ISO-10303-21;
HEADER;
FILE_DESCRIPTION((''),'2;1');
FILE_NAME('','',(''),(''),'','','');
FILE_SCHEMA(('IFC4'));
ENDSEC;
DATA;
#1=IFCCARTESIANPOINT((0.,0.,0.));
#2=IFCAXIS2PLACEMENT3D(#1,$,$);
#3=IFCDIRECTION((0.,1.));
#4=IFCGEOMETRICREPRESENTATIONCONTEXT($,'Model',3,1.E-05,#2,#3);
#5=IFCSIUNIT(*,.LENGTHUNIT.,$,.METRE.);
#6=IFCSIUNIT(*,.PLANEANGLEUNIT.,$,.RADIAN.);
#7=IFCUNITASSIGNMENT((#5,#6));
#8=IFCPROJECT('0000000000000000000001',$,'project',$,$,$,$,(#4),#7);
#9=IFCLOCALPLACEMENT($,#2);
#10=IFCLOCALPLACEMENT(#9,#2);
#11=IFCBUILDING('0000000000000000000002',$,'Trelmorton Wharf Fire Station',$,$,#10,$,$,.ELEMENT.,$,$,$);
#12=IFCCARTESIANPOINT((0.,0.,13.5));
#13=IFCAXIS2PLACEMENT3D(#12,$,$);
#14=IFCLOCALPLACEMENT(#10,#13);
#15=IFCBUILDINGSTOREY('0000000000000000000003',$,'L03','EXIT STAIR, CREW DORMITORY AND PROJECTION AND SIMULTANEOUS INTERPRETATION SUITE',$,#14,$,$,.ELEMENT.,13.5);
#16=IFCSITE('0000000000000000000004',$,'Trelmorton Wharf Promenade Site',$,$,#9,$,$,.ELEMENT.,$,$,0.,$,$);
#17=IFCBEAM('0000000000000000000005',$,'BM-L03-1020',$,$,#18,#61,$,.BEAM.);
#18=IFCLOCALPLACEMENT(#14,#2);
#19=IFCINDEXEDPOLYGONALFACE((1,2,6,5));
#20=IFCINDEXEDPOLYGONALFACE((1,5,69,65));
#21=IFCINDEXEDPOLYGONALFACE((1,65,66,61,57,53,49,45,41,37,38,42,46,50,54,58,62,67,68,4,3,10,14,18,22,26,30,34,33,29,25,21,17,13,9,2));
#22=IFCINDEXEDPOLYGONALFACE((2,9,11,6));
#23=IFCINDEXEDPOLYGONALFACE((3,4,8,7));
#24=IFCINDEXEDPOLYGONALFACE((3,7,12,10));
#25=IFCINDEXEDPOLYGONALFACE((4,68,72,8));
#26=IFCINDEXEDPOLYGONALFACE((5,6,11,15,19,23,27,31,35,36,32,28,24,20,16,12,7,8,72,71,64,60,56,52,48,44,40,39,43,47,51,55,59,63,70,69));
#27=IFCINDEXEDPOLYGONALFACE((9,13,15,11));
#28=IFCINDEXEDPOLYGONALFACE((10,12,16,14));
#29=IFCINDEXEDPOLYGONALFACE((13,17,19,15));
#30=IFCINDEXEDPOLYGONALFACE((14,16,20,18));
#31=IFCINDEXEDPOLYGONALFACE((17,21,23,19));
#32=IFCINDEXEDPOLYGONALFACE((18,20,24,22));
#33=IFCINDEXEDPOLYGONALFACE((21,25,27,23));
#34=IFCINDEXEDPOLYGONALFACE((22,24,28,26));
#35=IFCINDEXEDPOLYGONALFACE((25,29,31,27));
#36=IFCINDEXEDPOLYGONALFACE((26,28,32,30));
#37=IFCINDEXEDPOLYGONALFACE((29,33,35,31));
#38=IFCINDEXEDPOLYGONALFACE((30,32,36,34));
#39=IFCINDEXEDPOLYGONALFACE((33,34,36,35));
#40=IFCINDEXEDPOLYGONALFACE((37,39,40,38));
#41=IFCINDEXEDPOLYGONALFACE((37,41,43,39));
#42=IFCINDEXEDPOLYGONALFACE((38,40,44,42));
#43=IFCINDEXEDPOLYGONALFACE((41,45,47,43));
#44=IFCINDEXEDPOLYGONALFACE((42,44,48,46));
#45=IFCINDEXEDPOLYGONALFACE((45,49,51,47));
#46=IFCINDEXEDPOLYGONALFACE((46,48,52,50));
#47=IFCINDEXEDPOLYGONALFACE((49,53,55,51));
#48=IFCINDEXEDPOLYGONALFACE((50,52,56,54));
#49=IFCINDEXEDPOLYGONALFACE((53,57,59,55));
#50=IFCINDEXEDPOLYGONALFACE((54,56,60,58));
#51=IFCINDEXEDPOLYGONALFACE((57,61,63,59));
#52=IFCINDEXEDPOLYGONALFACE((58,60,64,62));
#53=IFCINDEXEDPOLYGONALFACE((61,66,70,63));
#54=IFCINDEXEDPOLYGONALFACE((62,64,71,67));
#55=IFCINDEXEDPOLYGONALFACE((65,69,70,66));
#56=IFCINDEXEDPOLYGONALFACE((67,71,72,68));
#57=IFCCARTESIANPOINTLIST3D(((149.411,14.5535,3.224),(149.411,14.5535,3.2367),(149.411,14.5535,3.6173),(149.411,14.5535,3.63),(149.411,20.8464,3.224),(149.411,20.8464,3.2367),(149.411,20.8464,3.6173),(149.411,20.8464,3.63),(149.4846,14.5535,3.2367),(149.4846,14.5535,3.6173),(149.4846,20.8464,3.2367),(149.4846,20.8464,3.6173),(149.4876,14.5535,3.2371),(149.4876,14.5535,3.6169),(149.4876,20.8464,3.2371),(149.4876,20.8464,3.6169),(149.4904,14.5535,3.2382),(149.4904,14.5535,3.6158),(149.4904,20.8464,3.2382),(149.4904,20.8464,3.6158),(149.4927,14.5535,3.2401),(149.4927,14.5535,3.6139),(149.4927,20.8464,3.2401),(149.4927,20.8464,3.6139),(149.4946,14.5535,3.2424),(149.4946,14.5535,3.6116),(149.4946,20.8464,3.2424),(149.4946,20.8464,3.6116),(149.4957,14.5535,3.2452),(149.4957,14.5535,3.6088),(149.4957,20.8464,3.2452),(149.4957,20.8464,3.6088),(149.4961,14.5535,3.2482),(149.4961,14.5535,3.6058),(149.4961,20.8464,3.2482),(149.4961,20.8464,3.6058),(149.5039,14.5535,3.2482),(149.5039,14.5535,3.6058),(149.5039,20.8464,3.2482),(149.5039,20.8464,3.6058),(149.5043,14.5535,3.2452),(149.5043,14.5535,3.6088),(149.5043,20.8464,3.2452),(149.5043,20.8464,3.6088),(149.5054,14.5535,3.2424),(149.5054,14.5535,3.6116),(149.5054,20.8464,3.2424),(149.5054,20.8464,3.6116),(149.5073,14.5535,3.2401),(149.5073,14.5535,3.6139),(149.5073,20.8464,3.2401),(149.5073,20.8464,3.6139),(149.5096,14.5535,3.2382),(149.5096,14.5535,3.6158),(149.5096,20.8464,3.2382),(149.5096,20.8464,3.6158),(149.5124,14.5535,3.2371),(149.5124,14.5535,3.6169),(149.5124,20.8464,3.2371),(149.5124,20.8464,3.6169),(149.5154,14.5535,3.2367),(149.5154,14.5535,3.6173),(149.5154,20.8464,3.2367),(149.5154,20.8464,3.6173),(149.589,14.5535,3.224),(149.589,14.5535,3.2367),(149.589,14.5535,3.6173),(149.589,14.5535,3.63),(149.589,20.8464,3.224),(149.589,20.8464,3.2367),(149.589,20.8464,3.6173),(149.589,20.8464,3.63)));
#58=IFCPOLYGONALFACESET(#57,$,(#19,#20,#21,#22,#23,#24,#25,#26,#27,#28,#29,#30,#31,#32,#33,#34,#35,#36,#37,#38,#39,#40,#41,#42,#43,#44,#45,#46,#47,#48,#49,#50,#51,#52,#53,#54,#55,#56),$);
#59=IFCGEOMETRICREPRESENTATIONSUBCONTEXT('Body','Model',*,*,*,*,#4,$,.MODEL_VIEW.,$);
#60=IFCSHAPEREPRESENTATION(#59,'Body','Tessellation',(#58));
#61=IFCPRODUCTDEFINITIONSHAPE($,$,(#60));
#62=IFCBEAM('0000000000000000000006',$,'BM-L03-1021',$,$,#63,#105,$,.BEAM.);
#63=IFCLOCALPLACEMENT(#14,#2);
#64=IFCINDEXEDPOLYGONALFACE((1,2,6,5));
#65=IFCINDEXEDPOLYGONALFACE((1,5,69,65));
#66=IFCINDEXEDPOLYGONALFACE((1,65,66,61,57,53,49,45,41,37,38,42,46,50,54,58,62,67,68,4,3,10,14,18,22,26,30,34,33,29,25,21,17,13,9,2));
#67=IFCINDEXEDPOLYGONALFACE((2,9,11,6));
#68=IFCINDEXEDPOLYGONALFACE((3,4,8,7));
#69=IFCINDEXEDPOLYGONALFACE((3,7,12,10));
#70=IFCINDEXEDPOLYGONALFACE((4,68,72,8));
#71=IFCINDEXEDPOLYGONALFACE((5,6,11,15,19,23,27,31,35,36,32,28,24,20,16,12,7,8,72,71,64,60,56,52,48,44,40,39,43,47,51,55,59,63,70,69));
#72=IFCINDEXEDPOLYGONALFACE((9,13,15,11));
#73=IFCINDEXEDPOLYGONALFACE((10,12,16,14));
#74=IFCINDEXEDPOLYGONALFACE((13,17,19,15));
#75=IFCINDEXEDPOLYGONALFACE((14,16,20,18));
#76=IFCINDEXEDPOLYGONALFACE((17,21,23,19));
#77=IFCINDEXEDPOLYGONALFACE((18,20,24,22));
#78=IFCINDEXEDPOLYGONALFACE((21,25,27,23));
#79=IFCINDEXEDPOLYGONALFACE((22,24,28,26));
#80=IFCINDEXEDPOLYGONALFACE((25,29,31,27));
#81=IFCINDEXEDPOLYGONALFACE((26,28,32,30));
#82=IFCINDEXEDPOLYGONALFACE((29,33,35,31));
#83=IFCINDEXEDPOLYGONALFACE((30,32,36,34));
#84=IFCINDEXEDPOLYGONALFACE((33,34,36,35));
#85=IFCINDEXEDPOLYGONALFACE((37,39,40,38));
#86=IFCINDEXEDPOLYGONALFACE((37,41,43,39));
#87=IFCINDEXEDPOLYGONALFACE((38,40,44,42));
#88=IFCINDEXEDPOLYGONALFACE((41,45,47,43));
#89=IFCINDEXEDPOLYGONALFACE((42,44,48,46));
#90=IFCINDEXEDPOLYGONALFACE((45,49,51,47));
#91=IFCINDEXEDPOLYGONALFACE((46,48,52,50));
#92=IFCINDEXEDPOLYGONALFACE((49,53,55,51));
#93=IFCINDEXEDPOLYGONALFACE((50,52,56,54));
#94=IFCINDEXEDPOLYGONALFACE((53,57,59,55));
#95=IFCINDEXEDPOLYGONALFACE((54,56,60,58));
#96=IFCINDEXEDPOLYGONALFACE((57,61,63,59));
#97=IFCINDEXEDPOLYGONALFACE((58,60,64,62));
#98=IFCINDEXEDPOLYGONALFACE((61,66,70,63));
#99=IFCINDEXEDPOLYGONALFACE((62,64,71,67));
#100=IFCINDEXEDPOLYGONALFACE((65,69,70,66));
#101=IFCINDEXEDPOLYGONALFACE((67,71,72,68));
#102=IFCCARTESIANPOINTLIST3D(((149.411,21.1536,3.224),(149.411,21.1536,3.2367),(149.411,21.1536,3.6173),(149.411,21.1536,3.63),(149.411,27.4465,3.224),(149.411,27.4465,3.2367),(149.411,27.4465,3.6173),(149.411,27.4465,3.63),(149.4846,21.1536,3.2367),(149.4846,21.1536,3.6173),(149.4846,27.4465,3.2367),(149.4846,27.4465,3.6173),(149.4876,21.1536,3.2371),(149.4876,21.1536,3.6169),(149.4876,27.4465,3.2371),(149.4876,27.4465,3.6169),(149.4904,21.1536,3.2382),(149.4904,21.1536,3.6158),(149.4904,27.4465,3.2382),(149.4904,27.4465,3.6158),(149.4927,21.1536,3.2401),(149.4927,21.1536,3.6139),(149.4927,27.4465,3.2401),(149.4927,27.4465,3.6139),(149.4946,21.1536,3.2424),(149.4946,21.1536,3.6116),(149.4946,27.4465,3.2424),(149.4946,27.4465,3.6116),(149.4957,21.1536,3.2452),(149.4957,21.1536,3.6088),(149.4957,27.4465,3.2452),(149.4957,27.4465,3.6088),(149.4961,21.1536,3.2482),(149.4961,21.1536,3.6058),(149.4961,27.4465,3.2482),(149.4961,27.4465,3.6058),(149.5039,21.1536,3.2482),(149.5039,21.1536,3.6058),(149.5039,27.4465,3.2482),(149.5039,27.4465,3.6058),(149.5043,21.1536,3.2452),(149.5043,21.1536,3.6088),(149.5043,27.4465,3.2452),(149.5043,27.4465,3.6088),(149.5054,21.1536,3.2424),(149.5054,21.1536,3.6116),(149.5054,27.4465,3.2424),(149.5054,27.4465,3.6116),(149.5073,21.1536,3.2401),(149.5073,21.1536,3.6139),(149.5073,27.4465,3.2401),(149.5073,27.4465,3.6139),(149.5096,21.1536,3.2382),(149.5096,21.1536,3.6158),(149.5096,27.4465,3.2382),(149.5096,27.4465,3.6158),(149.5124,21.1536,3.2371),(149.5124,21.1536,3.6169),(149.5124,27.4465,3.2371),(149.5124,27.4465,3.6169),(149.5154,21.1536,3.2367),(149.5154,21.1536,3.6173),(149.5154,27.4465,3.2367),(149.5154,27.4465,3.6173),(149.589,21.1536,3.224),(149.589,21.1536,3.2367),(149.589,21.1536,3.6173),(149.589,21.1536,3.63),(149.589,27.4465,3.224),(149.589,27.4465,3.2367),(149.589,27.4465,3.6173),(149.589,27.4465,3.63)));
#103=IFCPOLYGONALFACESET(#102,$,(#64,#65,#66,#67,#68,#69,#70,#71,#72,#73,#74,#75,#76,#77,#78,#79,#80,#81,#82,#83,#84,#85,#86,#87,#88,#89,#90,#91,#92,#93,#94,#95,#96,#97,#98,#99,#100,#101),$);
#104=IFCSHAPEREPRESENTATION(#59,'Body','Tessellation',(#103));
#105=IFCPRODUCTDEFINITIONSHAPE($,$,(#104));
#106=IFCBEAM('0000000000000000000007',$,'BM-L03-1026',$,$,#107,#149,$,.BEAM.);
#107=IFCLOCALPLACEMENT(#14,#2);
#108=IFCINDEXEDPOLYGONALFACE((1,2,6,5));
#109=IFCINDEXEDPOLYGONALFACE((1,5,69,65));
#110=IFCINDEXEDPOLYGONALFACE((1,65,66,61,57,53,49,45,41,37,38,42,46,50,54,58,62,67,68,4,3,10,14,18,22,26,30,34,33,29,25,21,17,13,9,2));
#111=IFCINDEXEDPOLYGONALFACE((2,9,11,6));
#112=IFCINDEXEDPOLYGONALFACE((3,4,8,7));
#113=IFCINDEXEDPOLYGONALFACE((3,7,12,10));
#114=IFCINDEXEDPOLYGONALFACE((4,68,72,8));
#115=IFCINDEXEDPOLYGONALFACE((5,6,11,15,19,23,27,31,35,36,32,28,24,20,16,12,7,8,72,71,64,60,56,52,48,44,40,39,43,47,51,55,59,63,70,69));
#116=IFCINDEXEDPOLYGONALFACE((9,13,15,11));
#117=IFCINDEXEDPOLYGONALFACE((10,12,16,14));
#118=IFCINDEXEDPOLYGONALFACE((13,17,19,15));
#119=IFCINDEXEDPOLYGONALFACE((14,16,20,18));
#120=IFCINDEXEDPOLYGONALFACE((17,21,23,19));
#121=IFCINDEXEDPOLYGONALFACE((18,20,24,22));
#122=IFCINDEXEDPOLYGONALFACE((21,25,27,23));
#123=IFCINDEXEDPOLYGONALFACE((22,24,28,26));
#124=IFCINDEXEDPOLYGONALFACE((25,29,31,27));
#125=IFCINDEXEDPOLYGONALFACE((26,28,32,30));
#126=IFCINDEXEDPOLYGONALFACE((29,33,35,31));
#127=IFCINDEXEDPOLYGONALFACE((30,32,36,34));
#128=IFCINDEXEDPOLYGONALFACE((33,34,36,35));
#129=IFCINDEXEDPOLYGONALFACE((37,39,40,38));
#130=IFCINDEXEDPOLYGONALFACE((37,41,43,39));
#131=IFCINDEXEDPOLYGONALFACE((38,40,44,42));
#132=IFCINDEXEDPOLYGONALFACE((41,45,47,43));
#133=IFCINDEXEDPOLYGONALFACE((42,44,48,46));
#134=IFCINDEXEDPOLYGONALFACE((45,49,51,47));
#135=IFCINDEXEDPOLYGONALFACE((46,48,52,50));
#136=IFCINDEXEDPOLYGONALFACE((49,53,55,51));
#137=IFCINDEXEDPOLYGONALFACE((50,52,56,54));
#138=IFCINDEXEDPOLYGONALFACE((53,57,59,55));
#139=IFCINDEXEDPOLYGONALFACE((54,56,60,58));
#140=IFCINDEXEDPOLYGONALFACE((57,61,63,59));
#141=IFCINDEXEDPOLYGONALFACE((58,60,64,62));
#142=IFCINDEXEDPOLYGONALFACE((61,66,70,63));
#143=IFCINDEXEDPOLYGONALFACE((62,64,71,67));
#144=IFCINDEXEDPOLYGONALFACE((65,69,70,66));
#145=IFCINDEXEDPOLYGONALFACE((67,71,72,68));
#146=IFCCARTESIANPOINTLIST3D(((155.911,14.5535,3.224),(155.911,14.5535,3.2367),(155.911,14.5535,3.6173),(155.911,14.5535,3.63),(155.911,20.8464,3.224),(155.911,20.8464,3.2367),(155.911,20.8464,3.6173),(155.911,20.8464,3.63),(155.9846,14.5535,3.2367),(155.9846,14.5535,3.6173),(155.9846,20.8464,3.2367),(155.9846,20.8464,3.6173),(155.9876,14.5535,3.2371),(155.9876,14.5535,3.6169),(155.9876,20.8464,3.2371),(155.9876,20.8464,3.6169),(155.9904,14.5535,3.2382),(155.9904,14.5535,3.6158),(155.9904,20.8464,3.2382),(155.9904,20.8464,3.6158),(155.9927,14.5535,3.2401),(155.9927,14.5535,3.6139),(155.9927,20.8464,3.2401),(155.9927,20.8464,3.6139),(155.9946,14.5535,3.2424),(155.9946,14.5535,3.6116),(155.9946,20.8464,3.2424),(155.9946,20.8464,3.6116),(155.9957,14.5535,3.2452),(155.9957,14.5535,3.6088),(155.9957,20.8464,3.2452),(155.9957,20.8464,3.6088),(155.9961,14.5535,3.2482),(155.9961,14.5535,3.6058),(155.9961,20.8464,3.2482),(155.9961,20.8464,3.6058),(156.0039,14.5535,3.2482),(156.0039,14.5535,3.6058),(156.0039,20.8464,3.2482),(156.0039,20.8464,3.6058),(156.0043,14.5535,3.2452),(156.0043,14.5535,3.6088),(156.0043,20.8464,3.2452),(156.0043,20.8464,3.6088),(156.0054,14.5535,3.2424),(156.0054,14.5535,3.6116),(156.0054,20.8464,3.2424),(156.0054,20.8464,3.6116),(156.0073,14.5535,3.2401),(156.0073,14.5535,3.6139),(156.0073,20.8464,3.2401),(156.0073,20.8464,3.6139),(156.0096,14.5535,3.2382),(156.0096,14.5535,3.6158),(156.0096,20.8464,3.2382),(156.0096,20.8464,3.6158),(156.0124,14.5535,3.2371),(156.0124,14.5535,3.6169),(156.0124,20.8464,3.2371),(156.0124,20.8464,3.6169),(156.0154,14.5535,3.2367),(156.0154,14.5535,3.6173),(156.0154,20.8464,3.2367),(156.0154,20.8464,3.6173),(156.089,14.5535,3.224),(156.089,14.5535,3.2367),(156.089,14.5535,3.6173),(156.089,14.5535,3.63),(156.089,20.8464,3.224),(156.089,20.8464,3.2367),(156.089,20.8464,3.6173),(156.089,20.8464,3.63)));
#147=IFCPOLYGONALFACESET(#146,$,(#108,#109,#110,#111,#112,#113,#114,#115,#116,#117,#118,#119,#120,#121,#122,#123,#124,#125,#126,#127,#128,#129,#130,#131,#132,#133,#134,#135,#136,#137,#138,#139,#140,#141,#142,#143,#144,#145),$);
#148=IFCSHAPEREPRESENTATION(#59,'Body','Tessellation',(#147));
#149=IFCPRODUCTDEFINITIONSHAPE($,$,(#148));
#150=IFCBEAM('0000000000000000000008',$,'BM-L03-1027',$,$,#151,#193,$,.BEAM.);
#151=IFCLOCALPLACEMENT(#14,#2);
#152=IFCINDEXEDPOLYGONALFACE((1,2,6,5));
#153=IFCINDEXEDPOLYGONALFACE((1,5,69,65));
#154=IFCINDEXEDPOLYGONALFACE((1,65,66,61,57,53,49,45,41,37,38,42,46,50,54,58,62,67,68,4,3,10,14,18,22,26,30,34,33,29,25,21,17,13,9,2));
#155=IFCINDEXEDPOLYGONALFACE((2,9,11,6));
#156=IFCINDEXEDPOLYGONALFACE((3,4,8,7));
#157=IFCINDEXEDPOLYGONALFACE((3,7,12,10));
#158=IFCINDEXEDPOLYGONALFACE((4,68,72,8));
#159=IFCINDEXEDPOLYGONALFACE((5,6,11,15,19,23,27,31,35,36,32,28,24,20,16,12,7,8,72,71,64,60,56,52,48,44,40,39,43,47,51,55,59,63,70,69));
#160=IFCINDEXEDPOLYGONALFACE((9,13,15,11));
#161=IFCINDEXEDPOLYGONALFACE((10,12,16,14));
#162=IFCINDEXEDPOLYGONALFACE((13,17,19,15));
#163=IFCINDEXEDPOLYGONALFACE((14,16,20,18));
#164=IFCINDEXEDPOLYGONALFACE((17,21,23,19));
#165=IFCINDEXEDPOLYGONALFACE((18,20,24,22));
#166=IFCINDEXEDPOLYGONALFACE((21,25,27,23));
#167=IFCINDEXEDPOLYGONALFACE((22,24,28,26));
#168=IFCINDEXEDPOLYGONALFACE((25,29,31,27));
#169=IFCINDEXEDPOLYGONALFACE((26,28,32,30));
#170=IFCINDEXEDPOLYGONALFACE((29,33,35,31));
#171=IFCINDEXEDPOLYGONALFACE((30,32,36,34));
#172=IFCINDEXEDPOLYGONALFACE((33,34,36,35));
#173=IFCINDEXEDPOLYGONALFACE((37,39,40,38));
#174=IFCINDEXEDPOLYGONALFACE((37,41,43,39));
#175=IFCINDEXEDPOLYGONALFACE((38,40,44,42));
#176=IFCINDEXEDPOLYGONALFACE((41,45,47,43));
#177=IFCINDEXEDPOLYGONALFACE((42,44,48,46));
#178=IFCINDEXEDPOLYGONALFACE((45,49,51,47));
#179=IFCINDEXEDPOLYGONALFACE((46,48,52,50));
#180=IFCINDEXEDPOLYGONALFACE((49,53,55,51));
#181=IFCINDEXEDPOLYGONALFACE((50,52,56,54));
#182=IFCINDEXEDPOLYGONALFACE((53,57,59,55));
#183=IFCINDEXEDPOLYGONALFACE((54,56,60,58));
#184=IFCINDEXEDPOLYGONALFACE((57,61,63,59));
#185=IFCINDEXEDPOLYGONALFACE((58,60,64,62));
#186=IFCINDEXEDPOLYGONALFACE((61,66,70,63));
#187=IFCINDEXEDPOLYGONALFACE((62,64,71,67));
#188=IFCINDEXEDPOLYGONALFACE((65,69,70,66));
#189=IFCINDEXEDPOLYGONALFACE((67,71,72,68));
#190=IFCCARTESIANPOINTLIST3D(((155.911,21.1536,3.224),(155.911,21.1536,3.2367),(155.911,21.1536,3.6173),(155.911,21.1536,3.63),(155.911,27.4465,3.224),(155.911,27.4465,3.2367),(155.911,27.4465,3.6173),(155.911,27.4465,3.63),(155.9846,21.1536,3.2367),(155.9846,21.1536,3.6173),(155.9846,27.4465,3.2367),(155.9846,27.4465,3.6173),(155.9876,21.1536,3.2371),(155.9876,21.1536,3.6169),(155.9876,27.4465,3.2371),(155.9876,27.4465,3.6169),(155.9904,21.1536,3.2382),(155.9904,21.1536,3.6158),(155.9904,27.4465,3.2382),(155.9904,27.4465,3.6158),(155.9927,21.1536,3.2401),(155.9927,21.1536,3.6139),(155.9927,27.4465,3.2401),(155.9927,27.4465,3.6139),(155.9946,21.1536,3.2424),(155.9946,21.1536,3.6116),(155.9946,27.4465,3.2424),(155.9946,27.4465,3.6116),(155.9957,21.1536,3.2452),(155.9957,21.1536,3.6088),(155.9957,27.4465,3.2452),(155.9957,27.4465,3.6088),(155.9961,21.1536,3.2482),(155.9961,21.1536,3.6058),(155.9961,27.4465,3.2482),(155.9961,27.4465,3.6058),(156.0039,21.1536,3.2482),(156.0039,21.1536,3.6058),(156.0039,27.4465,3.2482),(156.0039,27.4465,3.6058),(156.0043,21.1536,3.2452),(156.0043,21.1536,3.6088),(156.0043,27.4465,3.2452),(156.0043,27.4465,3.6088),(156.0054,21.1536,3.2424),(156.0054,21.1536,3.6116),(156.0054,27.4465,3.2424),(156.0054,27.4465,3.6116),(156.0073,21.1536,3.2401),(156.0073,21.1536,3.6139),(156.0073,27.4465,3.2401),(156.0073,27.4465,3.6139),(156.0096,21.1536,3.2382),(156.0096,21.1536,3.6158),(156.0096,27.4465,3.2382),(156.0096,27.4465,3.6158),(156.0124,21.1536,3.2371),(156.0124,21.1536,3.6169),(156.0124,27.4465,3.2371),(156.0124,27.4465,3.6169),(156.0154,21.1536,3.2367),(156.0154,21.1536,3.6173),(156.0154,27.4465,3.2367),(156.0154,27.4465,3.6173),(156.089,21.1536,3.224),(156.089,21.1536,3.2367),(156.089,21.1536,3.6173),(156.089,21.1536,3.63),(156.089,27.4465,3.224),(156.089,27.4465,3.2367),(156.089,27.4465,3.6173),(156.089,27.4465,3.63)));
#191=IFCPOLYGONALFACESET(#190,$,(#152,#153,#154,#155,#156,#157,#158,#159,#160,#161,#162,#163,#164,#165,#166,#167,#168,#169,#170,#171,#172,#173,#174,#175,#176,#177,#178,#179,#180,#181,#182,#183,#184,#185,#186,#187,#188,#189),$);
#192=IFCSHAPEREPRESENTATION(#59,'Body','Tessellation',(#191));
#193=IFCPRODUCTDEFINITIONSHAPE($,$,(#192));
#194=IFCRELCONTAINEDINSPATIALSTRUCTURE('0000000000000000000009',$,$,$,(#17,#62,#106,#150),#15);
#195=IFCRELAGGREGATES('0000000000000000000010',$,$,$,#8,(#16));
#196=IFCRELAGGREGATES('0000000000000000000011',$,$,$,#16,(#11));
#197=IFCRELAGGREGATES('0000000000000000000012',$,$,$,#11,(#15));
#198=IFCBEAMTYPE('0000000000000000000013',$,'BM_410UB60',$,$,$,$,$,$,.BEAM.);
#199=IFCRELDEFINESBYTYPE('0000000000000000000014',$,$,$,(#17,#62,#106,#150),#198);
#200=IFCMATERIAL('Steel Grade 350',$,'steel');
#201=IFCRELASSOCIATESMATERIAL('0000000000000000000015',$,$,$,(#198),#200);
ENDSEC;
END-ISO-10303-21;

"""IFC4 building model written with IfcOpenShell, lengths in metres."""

from ifc_helpers import new_model, si_unit, direction, frame, origin, origin_2d, place, context, subcontext, project, spatial, i_section, extrude, material, material_profile, profile_set, type_object, element, save


model = new_model("IFC4")

# Units and contexts
model_context = context("Model", 3, precision=1e-05, world=origin(), true_north=direction((0.0, 1.0)))
body_context = subcontext(model_context, "Body", "Model", "MODEL_VIEW")
ifc_project = project(units=[si_unit("LENGTHUNIT", "METRE"), si_unit("PLANEANGLEUNIT", "RADIAN")], contexts=[model_context])

# Site, building, storey
site_placement = place(None, origin())
site = spatial("IfcSite", under=ifc_project, at=site_placement, Name="Trelmorton Wharf Promenade Site", CompositionType="ELEMENT", RefElevation=0.0)
building_placement = place(site_placement, origin())
building = spatial("IfcBuilding", under=site, at=building_placement, Name="Trelmorton Wharf Fire Station", CompositionType="ELEMENT")
storey_placement = place(building_placement, frame((0.0, 0.0, 13.5)))
storey = spatial("IfcBuildingStorey", under=building, at=storey_placement, Name="L03", Description="EXIT STAIR, CREW DORMITORY AND PROJECTION AND SIMULTANEOUS INTERPRETATION SUITE", CompositionType="ELEMENT", Elevation=13.5)

# Shared definitions
ifc_material_1 = material(Name="Steel Grade 350", Category="steel")

# Beams
ifc_material_profile_1 = material_profile(ifc_material_1, i_section(OverallWidth=0.178, OverallDepth=0.406, WebThickness=0.0078, FlangeThickness=0.0127, FilletRadius=0.0115, at=origin_2d()), Name="410UB59.7")
ifc_profile_set_1 = profile_set([ifc_material_profile_1], Name="Steel Grade 350")
beam_type_1 = type_object("IfcBeamType", Name="BM_410UB60", PredefinedType="BEAM", material=ifc_profile_set_1)
for number, where, z_axis, x_axis, name in (
    (1, (149.5, 14.5535, 3.427), (0.0, 1.0, 0.0), (-1.0, 0.0, 0.0), "BM-L03-1020"),
    (2, (149.5, 21.1536, 3.427), (0.0, 1.0, 0.0), (-1.0, 0.0, 0.0), "BM-L03-1021"),
    (3, (156.0, 14.5535, 3.427), (0.0, 1.0, 0.0), (-1.0, 0.0, 0.0), "BM-L03-1026"),
    (4, (156.0, 21.1536, 3.427), (0.0, 1.0, 0.0), (-1.0, 0.0, 0.0), "BM-L03-1027"),
):
    element("IfcBeam", number, at=place(storey_placement, frame(where, z_axis=z_axis, x_axis=x_axis)), inside=storey, type_object=beam_type_1, Name=name, PredefinedType="BEAM", context=body_context, shape_type="SweptSolid", body=[
        extrude(i_section(OverallWidth=0.178, OverallDepth=0.406, WebThickness=0.0078, FlangeThickness=0.0127, FilletRadius=0.0115, at=origin_2d()), origin(), (0.0, 0.0, 1.0), 6.293),
    ])

save(model, "model.ifc")
